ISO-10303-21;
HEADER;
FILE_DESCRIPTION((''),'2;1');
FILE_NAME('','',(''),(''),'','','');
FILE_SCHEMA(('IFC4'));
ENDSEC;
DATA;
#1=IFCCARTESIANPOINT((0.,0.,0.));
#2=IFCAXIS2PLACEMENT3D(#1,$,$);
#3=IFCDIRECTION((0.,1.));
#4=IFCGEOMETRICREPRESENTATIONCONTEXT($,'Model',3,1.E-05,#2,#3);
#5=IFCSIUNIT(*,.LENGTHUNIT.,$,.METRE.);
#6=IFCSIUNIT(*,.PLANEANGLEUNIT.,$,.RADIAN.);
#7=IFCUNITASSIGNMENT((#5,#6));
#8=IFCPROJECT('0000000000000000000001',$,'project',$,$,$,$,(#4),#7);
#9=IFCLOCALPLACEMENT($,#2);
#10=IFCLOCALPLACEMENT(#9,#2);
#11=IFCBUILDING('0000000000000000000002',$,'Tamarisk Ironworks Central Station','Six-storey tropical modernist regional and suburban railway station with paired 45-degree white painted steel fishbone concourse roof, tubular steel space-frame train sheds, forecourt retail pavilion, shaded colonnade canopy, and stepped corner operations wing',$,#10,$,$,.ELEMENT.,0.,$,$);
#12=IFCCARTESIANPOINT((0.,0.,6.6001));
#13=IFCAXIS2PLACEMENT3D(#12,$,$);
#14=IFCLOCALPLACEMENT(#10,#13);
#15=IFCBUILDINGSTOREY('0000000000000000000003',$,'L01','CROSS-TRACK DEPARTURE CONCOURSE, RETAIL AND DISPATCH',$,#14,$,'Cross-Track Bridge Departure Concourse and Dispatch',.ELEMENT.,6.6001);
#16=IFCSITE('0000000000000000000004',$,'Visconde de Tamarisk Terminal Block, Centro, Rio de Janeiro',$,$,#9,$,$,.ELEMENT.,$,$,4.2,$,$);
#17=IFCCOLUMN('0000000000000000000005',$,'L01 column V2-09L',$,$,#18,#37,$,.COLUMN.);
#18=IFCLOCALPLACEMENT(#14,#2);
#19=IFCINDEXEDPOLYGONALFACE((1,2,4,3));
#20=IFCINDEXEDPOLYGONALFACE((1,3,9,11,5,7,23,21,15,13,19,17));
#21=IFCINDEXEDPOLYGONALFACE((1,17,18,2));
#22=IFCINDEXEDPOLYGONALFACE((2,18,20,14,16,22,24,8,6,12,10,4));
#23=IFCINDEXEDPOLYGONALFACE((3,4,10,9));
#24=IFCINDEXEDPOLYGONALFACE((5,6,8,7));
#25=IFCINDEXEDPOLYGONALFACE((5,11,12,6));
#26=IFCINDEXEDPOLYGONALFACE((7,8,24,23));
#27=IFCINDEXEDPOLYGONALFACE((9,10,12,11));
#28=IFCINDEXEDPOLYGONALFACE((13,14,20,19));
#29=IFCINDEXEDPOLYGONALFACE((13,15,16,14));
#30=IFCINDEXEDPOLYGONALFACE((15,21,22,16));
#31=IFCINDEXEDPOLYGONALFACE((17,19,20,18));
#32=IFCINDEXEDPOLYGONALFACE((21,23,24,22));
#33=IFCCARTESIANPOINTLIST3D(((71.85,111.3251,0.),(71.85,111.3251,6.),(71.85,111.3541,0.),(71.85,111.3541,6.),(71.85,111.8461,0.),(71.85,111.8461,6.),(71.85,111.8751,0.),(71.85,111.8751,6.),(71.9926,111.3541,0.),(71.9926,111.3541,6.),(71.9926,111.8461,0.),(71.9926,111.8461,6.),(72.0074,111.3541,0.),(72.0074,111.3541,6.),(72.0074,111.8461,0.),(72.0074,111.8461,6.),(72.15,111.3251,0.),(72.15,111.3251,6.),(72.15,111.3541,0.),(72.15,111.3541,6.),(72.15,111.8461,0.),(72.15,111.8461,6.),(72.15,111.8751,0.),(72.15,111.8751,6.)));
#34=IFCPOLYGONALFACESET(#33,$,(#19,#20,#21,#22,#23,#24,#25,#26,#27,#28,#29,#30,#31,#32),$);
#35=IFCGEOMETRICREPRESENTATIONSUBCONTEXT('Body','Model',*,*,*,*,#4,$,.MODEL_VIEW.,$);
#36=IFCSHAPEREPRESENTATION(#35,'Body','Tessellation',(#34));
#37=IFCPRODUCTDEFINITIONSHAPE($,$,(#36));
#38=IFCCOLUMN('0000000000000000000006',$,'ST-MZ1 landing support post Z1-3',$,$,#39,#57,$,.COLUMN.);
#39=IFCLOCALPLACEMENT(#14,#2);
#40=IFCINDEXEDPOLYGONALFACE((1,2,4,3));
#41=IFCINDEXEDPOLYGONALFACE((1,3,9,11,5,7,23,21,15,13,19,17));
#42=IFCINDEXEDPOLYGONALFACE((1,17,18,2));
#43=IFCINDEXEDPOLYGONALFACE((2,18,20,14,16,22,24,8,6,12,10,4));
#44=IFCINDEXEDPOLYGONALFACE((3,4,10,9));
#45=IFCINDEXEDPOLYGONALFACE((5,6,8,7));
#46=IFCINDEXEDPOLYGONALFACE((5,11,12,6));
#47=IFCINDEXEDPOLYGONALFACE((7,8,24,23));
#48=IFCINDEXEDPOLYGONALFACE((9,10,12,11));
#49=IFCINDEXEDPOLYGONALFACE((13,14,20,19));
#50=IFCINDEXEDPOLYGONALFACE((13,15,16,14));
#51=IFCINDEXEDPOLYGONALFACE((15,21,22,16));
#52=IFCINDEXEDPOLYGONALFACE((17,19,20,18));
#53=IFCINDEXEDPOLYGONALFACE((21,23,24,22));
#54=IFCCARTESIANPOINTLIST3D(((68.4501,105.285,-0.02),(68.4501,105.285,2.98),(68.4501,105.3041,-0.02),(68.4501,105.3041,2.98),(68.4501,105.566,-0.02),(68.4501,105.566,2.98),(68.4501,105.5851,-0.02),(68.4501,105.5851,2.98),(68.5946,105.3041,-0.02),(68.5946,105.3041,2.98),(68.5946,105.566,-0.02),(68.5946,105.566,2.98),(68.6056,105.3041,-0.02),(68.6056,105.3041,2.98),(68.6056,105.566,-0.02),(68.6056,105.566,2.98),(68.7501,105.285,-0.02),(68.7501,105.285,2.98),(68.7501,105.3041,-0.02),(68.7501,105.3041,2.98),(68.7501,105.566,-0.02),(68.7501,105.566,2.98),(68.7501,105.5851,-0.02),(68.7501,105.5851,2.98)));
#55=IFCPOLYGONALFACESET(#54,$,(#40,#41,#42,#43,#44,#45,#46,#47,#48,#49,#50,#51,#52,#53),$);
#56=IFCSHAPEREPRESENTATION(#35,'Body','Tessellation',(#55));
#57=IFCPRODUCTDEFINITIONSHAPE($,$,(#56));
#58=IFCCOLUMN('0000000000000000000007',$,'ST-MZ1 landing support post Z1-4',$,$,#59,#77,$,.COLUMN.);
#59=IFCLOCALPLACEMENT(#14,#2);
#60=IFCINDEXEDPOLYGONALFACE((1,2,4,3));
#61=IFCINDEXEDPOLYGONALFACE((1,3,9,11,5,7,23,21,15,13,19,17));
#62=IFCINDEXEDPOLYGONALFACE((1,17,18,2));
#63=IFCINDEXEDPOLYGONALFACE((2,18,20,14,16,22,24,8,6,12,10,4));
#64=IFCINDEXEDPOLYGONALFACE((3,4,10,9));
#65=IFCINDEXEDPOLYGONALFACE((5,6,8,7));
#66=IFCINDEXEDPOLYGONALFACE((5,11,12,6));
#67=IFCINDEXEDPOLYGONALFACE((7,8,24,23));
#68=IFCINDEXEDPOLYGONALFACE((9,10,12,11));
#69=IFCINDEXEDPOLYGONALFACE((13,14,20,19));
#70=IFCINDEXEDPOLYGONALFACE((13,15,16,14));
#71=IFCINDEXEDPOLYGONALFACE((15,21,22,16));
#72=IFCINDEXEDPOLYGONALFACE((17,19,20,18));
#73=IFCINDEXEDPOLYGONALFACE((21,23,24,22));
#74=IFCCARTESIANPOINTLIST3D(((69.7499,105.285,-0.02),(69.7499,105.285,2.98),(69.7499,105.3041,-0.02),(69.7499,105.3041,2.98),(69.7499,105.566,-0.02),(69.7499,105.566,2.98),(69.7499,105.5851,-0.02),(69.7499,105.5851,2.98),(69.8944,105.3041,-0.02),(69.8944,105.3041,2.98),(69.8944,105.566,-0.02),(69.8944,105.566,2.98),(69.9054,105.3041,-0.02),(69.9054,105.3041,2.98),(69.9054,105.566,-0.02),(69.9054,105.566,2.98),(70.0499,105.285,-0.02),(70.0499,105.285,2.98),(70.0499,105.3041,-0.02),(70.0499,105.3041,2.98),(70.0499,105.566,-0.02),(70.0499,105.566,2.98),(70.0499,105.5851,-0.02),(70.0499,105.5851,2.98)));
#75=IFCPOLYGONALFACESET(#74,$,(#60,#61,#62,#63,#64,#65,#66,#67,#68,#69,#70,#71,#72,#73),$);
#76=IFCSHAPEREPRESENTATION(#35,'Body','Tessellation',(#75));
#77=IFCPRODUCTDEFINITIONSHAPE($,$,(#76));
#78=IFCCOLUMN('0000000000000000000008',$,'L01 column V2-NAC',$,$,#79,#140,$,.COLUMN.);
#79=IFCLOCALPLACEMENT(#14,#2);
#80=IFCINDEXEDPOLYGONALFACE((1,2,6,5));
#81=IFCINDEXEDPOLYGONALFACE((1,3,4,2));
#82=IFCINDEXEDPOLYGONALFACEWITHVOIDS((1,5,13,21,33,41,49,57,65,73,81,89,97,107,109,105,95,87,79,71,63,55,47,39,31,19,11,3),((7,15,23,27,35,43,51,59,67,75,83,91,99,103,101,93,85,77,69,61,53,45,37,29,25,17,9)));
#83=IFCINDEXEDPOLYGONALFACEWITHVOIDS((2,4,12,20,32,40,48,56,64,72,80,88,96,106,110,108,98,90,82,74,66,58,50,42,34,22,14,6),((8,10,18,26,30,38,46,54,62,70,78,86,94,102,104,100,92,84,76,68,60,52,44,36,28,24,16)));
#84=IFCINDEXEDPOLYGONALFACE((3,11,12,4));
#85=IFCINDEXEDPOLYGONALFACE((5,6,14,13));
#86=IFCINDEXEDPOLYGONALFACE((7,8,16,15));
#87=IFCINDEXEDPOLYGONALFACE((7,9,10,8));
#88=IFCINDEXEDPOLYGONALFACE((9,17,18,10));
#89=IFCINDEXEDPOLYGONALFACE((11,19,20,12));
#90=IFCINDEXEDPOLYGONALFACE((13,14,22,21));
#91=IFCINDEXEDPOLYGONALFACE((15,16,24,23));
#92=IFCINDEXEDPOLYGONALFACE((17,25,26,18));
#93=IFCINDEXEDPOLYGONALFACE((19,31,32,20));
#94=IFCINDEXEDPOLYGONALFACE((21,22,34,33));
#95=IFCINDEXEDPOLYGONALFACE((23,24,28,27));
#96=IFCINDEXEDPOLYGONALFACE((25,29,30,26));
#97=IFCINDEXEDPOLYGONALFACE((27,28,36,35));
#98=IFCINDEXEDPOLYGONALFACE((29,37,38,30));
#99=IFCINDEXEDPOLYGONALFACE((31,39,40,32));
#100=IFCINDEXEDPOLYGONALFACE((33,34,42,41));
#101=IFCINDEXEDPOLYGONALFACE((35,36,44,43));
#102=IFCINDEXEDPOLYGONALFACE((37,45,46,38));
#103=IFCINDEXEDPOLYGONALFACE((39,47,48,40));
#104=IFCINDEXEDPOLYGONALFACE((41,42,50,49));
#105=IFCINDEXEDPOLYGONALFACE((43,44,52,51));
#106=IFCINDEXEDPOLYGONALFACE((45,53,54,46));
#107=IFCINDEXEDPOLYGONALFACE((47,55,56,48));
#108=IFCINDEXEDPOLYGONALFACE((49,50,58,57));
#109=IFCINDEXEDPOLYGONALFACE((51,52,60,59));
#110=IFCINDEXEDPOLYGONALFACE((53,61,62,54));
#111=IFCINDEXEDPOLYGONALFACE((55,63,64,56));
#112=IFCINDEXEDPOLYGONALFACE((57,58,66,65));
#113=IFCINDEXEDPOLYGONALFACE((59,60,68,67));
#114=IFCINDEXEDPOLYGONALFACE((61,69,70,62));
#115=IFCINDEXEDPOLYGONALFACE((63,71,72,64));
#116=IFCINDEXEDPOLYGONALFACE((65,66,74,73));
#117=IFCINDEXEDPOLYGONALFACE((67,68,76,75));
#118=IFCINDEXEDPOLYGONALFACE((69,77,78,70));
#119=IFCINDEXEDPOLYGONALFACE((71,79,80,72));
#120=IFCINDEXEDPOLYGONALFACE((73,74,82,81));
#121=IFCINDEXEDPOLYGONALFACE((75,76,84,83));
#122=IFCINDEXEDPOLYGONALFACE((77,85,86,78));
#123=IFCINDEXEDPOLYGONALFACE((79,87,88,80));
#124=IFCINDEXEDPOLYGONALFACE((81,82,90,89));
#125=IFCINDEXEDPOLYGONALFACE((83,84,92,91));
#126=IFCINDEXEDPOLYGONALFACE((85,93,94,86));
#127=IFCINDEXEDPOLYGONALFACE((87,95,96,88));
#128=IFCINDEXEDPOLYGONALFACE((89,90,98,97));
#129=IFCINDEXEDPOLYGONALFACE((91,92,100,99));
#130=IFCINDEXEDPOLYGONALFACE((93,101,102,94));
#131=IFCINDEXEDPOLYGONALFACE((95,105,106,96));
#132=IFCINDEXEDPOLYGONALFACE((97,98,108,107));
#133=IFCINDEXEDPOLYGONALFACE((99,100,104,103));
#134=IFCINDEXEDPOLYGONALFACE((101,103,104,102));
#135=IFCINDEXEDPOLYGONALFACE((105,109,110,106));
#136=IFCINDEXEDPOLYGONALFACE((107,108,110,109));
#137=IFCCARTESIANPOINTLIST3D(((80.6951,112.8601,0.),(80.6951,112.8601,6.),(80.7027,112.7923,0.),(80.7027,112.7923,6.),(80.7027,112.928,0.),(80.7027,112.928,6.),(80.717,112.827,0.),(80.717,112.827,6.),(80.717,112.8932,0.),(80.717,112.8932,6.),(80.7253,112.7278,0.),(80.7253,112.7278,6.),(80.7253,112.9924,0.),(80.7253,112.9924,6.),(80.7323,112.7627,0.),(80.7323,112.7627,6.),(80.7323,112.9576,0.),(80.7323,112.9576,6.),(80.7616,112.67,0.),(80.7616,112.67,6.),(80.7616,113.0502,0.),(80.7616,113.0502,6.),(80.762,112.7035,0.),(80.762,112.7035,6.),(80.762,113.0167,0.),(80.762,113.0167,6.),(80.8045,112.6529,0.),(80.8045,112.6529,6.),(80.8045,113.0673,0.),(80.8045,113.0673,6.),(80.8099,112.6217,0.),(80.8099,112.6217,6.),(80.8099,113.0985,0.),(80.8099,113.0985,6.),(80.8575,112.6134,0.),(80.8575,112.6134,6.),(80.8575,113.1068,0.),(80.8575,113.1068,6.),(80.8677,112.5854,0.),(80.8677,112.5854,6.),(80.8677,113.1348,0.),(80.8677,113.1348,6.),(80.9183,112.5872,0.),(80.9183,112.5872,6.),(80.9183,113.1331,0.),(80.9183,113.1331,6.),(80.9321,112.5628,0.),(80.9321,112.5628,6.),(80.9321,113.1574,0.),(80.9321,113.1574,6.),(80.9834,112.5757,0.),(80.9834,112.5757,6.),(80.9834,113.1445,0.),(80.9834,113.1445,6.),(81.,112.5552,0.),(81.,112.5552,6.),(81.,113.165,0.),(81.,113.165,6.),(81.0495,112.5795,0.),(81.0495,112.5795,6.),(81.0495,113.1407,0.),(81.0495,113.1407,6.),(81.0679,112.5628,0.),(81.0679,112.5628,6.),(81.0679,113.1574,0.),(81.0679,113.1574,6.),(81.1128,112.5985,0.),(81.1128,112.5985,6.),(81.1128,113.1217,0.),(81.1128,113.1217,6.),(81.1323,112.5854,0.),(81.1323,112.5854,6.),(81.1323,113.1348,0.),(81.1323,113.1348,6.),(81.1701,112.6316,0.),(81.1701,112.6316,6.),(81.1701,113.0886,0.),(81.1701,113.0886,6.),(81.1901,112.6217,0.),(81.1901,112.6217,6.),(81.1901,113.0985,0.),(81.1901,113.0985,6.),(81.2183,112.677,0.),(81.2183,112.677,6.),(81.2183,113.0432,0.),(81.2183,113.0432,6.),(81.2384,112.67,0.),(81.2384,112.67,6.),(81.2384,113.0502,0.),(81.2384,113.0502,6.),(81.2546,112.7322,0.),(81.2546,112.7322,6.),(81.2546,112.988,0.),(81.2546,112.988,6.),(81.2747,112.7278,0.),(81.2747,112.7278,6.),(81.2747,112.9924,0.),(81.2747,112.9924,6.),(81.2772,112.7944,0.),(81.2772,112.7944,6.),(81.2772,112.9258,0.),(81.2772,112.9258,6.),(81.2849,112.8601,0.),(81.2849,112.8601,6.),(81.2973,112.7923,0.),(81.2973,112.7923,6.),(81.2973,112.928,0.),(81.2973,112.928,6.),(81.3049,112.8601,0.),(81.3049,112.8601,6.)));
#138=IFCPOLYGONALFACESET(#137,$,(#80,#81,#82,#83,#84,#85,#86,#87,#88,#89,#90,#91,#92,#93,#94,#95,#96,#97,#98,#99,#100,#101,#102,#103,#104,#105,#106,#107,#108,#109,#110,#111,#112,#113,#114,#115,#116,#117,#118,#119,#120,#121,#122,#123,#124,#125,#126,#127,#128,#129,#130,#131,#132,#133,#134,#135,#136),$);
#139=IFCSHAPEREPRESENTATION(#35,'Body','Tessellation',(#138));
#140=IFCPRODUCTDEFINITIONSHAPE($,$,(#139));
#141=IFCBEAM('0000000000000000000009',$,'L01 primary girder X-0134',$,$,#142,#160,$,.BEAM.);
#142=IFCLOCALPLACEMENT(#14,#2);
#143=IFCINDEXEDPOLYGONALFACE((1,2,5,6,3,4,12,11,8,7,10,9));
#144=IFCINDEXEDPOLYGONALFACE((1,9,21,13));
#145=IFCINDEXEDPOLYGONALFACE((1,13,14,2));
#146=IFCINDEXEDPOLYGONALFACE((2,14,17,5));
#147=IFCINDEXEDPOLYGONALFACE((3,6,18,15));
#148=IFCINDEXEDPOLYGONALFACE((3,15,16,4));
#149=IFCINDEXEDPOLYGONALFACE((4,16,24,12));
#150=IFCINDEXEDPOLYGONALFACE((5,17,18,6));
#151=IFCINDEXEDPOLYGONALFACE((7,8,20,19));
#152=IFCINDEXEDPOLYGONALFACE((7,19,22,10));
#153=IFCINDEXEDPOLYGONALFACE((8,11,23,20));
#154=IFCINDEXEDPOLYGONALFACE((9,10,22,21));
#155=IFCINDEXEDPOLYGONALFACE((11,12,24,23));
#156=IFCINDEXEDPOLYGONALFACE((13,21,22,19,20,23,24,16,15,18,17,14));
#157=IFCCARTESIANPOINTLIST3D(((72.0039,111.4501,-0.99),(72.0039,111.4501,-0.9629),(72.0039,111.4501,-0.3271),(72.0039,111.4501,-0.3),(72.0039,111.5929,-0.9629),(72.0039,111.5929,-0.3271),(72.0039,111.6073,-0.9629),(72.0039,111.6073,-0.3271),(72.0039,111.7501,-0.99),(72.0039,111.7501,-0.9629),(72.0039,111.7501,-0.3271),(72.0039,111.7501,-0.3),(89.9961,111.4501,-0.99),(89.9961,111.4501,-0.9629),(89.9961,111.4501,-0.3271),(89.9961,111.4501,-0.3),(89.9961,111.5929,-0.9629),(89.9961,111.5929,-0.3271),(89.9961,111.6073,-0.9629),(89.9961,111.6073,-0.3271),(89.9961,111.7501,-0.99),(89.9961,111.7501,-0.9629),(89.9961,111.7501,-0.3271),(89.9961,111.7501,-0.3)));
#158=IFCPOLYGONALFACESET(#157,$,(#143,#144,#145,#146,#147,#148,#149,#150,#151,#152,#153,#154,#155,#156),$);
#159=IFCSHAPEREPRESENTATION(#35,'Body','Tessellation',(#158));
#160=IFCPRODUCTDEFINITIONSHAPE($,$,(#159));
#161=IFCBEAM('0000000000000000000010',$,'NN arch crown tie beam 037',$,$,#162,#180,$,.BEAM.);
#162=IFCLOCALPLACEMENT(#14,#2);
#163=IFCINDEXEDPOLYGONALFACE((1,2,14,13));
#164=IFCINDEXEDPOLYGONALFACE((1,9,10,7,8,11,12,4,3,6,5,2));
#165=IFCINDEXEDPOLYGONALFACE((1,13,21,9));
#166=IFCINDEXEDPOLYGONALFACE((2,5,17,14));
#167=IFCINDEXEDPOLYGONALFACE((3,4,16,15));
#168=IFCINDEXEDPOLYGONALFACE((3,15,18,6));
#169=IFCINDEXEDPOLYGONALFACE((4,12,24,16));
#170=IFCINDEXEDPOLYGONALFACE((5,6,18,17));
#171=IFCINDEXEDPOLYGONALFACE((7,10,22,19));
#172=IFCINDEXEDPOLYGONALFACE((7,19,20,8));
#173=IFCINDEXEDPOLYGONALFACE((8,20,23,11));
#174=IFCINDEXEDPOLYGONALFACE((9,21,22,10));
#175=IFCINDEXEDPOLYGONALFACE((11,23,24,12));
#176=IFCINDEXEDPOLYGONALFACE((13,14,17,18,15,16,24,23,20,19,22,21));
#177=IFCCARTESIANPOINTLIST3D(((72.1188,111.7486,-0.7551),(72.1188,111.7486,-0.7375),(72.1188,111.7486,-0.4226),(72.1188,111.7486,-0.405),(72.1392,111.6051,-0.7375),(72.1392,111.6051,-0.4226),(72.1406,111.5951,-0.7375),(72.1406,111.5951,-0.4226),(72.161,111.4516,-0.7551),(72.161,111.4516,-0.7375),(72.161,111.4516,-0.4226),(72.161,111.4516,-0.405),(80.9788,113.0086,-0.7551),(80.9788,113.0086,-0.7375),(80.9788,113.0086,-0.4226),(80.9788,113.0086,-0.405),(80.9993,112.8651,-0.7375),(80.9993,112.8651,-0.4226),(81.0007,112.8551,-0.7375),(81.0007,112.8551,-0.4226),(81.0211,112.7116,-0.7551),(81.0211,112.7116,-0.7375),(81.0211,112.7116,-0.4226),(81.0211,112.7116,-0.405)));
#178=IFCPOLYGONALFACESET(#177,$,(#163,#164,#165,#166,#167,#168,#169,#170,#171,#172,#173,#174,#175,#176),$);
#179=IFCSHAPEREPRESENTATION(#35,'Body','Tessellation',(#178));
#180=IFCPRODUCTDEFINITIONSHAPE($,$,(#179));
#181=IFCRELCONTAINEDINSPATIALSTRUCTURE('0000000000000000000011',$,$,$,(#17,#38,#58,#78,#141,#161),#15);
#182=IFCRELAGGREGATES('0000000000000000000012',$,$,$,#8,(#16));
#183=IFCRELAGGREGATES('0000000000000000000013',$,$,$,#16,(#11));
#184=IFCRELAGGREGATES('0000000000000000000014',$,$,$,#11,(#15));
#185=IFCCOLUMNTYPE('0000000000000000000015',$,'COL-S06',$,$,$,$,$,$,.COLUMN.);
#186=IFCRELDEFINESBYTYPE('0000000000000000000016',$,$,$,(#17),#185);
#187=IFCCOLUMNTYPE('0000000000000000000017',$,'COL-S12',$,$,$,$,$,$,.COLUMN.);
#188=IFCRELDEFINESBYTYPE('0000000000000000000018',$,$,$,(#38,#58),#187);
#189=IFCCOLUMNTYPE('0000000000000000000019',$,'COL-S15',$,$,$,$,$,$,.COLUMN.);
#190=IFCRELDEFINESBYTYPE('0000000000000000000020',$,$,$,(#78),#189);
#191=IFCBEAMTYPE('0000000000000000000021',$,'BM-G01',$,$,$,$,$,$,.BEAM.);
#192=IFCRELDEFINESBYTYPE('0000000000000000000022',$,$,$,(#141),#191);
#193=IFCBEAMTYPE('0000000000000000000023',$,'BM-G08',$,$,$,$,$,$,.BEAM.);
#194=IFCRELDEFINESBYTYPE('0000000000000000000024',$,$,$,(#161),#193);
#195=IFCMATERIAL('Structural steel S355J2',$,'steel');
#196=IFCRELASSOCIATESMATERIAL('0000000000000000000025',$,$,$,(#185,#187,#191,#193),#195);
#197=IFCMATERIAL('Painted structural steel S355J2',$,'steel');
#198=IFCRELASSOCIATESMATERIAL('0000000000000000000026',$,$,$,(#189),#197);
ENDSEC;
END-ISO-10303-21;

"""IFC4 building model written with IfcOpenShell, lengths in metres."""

from ifc_helpers import new_model, si_unit, direction, frame, origin, origin_2d, place, context, subcontext, project, spatial, hollow_circle, i_section, extrude, material, material_profile, profile_set, type_object, element, save


model = new_model("IFC4")

# Units and contexts
model_context = context("Model", 3, precision=1e-05, world=origin(), true_north=direction((0.0, 1.0)))
body_context = subcontext(model_context, "Body", "Model", "MODEL_VIEW")
ifc_project = project(units=[si_unit("LENGTHUNIT", "METRE"), si_unit("PLANEANGLEUNIT", "RADIAN")], contexts=[model_context])

# Site, building, storey
site_placement = place(None, origin())
site = spatial("IfcSite", under=ifc_project, at=site_placement, Name="Visconde de Tamarisk Terminal Block, Centro, Rio de Janeiro", CompositionType="ELEMENT", RefElevation=4.2)
building_placement = place(site_placement, origin())
building = spatial("IfcBuilding", under=site, at=building_placement, Name="Tamarisk Ironworks Central Station", Description="Six-storey tropical modernist regional and suburban railway station with paired 45-degree white painted steel fishbone concourse roof, tubular steel space-frame train sheds, forecourt retail pavilion, shaded colonnade canopy, and stepped corner operations wing", CompositionType="ELEMENT", ElevationOfRefHeight=0.0)
storey_placement = place(building_placement, frame((0.0, 0.0, 6.6001)))
storey = spatial("IfcBuildingStorey", under=building, at=storey_placement, Name="L01", Description="CROSS-TRACK DEPARTURE CONCOURSE, RETAIL AND DISPATCH", LongName="Cross-Track Bridge Departure Concourse and Dispatch", CompositionType="ELEMENT", Elevation=6.6001)

# Columns
ifc_material_1 = material(Name="Structural steel S355J2", Category="steel")
ifc_material_profile_1 = material_profile(ifc_material_1, i_section(OverallWidth=0.3, OverallDepth=0.55, WebThickness=0.0149, FlangeThickness=0.0291, at=origin_2d()), Name="HEB 550")
ifc_profile_set_1 = profile_set([ifc_material_profile_1], Name="Structural steel S355J2")
column_type_1 = type_object("IfcColumnType", Name="COL-S06", PredefinedType="COLUMN", material=ifc_profile_set_1)
column_1_placement = place(storey_placement, frame((72.0, 111.6001, 0.0), z_axis=(0.0, 0.0, 1.0), x_axis=(1.0, 0.0, 0.0)))
element("IfcColumn", 1, at=column_1_placement, inside=storey, type_object=column_type_1, Name="L01 column V2-09L", PredefinedType="COLUMN", context=body_context, shape_type="SweptSolid", body=[
    extrude(i_section(OverallWidth=0.3, OverallDepth=0.55, WebThickness=0.0149, FlangeThickness=0.0291, at=origin_2d()), origin(), (0.0, 0.0, 1.0), 6.0),
])
ifc_material_profile_2 = material_profile(ifc_material_1, i_section(OverallWidth=0.3, OverallDepth=0.3, WebThickness=0.011, FlangeThickness=0.019, at=origin_2d()), Name="HEB 300")
ifc_profile_set_2 = profile_set([ifc_material_profile_2], Name="Structural steel S355J2")
column_type_2 = type_object("IfcColumnType", Name="COL-S12", PredefinedType="COLUMN", material=ifc_profile_set_2)
for number, where, z_axis, x_axis, name in (
    (2, (68.6001, 105.4351, -0.02), (0.0, 0.0, 1.0), (1.0, 0.0, 0.0), "ST-MZ1 landing support post Z1-3"),
    (3, (69.8999, 105.4351, -0.02), (0.0, 0.0, 1.0), (1.0, 0.0, 0.0), "ST-MZ1 landing support post Z1-4"),
):
    element("IfcColumn", number, at=place(storey_placement, frame(where, z_axis=z_axis, x_axis=x_axis)), inside=storey, type_object=column_type_2, Name=name, PredefinedType="COLUMN", context=body_context, shape_type="SweptSolid", body=[
        extrude(i_section(OverallWidth=0.3, OverallDepth=0.3, WebThickness=0.011, FlangeThickness=0.019, at=origin_2d()), origin(), (0.0, 0.0, 1.0), 3.0),
    ])
ifc_material_2 = material(Name="Painted structural steel S355J2", Category="steel")
ifc_material_profile_3 = material_profile(ifc_material_2, hollow_circle(Radius=0.3049, WallThickness=0.02, at=origin_2d()), Name="CHS 610x20")
ifc_profile_set_3 = profile_set([ifc_material_profile_3], Name="Painted structural steel S355J2")
column_type_3 = type_object("IfcColumnType", Name="COL-S15", PredefinedType="COLUMN", material=ifc_profile_set_3)
column_2_placement = place(storey_placement, frame((81.0, 112.8601, 0.0), z_axis=(0.0, 0.0, 1.0), x_axis=(1.0, 0.0, 0.0)))
element("IfcColumn", 4, at=column_2_placement, inside=storey, type_object=column_type_3, Name="L01 column V2-NAC", PredefinedType="COLUMN", context=body_context, shape_type="SweptSolid", body=[
    extrude(hollow_circle(Radius=0.3049, WallThickness=0.02, at=origin_2d()), origin(), (0.0, 0.0, 1.0), 6.0),
])

# Beams
ifc_material_profile_4 = material_profile(ifc_material_1, i_section(OverallWidth=0.3, OverallDepth=0.6899, WebThickness=0.0144, FlangeThickness=0.0271, at=origin_2d()), Name="HEA 700")
ifc_profile_set_4 = profile_set([ifc_material_profile_4], Name="Structural steel S355J2")
beam_type_1 = type_object("IfcBeamType", Name="BM-G01", PredefinedType="BEAM", material=ifc_profile_set_4)
beam_1_placement = place(storey_placement, frame((72.0039, 111.6001, -0.645), z_axis=(1.0, 0.0, 0.0), x_axis=(0.0, 1.0, 0.0)))
element("IfcBeam", 5, at=beam_1_placement, inside=storey, type_object=beam_type_1, Name="L01 primary girder X-0134", PredefinedType="BEAM", context=body_context, shape_type="SweptSolid", body=[
    extrude(i_section(OverallWidth=0.3, OverallDepth=0.6899, WebThickness=0.0144, FlangeThickness=0.0271, at=origin_2d()), origin(), (0.0, 0.0, 1.0), 17.9922),
])
ifc_material_profile_5 = material_profile(ifc_material_1, i_section(OverallWidth=0.3, OverallDepth=0.3501, WebThickness=0.01, FlangeThickness=0.0176, at=origin_2d()), Name="HEA 360")
ifc_profile_set_5 = profile_set([ifc_material_profile_5], Name="Structural steel S355J2")
beam_type_2 = type_object("IfcBeamType", Name="BM-G08", PredefinedType="BEAM", material=ifc_profile_set_5)
beam_2_placement = place(storey_placement, frame((72.1399, 111.6001, -0.5801), z_axis=(0.990039, 0.140795, 0.0), x_axis=(-0.140795, 0.990039, 0.0)))
element("IfcBeam", 6, at=beam_2_placement, inside=storey, type_object=beam_type_2, Name="NN arch crown tie beam 037", PredefinedType="BEAM", context=body_context, shape_type="SweptSolid", body=[
    extrude(i_section(OverallWidth=0.3, OverallDepth=0.3501, WebThickness=0.01, FlangeThickness=0.0176, at=origin_2d()), origin(), (0.0, 0.0, 1.0), 8.9492),
])

save(model, "model.ifc")
